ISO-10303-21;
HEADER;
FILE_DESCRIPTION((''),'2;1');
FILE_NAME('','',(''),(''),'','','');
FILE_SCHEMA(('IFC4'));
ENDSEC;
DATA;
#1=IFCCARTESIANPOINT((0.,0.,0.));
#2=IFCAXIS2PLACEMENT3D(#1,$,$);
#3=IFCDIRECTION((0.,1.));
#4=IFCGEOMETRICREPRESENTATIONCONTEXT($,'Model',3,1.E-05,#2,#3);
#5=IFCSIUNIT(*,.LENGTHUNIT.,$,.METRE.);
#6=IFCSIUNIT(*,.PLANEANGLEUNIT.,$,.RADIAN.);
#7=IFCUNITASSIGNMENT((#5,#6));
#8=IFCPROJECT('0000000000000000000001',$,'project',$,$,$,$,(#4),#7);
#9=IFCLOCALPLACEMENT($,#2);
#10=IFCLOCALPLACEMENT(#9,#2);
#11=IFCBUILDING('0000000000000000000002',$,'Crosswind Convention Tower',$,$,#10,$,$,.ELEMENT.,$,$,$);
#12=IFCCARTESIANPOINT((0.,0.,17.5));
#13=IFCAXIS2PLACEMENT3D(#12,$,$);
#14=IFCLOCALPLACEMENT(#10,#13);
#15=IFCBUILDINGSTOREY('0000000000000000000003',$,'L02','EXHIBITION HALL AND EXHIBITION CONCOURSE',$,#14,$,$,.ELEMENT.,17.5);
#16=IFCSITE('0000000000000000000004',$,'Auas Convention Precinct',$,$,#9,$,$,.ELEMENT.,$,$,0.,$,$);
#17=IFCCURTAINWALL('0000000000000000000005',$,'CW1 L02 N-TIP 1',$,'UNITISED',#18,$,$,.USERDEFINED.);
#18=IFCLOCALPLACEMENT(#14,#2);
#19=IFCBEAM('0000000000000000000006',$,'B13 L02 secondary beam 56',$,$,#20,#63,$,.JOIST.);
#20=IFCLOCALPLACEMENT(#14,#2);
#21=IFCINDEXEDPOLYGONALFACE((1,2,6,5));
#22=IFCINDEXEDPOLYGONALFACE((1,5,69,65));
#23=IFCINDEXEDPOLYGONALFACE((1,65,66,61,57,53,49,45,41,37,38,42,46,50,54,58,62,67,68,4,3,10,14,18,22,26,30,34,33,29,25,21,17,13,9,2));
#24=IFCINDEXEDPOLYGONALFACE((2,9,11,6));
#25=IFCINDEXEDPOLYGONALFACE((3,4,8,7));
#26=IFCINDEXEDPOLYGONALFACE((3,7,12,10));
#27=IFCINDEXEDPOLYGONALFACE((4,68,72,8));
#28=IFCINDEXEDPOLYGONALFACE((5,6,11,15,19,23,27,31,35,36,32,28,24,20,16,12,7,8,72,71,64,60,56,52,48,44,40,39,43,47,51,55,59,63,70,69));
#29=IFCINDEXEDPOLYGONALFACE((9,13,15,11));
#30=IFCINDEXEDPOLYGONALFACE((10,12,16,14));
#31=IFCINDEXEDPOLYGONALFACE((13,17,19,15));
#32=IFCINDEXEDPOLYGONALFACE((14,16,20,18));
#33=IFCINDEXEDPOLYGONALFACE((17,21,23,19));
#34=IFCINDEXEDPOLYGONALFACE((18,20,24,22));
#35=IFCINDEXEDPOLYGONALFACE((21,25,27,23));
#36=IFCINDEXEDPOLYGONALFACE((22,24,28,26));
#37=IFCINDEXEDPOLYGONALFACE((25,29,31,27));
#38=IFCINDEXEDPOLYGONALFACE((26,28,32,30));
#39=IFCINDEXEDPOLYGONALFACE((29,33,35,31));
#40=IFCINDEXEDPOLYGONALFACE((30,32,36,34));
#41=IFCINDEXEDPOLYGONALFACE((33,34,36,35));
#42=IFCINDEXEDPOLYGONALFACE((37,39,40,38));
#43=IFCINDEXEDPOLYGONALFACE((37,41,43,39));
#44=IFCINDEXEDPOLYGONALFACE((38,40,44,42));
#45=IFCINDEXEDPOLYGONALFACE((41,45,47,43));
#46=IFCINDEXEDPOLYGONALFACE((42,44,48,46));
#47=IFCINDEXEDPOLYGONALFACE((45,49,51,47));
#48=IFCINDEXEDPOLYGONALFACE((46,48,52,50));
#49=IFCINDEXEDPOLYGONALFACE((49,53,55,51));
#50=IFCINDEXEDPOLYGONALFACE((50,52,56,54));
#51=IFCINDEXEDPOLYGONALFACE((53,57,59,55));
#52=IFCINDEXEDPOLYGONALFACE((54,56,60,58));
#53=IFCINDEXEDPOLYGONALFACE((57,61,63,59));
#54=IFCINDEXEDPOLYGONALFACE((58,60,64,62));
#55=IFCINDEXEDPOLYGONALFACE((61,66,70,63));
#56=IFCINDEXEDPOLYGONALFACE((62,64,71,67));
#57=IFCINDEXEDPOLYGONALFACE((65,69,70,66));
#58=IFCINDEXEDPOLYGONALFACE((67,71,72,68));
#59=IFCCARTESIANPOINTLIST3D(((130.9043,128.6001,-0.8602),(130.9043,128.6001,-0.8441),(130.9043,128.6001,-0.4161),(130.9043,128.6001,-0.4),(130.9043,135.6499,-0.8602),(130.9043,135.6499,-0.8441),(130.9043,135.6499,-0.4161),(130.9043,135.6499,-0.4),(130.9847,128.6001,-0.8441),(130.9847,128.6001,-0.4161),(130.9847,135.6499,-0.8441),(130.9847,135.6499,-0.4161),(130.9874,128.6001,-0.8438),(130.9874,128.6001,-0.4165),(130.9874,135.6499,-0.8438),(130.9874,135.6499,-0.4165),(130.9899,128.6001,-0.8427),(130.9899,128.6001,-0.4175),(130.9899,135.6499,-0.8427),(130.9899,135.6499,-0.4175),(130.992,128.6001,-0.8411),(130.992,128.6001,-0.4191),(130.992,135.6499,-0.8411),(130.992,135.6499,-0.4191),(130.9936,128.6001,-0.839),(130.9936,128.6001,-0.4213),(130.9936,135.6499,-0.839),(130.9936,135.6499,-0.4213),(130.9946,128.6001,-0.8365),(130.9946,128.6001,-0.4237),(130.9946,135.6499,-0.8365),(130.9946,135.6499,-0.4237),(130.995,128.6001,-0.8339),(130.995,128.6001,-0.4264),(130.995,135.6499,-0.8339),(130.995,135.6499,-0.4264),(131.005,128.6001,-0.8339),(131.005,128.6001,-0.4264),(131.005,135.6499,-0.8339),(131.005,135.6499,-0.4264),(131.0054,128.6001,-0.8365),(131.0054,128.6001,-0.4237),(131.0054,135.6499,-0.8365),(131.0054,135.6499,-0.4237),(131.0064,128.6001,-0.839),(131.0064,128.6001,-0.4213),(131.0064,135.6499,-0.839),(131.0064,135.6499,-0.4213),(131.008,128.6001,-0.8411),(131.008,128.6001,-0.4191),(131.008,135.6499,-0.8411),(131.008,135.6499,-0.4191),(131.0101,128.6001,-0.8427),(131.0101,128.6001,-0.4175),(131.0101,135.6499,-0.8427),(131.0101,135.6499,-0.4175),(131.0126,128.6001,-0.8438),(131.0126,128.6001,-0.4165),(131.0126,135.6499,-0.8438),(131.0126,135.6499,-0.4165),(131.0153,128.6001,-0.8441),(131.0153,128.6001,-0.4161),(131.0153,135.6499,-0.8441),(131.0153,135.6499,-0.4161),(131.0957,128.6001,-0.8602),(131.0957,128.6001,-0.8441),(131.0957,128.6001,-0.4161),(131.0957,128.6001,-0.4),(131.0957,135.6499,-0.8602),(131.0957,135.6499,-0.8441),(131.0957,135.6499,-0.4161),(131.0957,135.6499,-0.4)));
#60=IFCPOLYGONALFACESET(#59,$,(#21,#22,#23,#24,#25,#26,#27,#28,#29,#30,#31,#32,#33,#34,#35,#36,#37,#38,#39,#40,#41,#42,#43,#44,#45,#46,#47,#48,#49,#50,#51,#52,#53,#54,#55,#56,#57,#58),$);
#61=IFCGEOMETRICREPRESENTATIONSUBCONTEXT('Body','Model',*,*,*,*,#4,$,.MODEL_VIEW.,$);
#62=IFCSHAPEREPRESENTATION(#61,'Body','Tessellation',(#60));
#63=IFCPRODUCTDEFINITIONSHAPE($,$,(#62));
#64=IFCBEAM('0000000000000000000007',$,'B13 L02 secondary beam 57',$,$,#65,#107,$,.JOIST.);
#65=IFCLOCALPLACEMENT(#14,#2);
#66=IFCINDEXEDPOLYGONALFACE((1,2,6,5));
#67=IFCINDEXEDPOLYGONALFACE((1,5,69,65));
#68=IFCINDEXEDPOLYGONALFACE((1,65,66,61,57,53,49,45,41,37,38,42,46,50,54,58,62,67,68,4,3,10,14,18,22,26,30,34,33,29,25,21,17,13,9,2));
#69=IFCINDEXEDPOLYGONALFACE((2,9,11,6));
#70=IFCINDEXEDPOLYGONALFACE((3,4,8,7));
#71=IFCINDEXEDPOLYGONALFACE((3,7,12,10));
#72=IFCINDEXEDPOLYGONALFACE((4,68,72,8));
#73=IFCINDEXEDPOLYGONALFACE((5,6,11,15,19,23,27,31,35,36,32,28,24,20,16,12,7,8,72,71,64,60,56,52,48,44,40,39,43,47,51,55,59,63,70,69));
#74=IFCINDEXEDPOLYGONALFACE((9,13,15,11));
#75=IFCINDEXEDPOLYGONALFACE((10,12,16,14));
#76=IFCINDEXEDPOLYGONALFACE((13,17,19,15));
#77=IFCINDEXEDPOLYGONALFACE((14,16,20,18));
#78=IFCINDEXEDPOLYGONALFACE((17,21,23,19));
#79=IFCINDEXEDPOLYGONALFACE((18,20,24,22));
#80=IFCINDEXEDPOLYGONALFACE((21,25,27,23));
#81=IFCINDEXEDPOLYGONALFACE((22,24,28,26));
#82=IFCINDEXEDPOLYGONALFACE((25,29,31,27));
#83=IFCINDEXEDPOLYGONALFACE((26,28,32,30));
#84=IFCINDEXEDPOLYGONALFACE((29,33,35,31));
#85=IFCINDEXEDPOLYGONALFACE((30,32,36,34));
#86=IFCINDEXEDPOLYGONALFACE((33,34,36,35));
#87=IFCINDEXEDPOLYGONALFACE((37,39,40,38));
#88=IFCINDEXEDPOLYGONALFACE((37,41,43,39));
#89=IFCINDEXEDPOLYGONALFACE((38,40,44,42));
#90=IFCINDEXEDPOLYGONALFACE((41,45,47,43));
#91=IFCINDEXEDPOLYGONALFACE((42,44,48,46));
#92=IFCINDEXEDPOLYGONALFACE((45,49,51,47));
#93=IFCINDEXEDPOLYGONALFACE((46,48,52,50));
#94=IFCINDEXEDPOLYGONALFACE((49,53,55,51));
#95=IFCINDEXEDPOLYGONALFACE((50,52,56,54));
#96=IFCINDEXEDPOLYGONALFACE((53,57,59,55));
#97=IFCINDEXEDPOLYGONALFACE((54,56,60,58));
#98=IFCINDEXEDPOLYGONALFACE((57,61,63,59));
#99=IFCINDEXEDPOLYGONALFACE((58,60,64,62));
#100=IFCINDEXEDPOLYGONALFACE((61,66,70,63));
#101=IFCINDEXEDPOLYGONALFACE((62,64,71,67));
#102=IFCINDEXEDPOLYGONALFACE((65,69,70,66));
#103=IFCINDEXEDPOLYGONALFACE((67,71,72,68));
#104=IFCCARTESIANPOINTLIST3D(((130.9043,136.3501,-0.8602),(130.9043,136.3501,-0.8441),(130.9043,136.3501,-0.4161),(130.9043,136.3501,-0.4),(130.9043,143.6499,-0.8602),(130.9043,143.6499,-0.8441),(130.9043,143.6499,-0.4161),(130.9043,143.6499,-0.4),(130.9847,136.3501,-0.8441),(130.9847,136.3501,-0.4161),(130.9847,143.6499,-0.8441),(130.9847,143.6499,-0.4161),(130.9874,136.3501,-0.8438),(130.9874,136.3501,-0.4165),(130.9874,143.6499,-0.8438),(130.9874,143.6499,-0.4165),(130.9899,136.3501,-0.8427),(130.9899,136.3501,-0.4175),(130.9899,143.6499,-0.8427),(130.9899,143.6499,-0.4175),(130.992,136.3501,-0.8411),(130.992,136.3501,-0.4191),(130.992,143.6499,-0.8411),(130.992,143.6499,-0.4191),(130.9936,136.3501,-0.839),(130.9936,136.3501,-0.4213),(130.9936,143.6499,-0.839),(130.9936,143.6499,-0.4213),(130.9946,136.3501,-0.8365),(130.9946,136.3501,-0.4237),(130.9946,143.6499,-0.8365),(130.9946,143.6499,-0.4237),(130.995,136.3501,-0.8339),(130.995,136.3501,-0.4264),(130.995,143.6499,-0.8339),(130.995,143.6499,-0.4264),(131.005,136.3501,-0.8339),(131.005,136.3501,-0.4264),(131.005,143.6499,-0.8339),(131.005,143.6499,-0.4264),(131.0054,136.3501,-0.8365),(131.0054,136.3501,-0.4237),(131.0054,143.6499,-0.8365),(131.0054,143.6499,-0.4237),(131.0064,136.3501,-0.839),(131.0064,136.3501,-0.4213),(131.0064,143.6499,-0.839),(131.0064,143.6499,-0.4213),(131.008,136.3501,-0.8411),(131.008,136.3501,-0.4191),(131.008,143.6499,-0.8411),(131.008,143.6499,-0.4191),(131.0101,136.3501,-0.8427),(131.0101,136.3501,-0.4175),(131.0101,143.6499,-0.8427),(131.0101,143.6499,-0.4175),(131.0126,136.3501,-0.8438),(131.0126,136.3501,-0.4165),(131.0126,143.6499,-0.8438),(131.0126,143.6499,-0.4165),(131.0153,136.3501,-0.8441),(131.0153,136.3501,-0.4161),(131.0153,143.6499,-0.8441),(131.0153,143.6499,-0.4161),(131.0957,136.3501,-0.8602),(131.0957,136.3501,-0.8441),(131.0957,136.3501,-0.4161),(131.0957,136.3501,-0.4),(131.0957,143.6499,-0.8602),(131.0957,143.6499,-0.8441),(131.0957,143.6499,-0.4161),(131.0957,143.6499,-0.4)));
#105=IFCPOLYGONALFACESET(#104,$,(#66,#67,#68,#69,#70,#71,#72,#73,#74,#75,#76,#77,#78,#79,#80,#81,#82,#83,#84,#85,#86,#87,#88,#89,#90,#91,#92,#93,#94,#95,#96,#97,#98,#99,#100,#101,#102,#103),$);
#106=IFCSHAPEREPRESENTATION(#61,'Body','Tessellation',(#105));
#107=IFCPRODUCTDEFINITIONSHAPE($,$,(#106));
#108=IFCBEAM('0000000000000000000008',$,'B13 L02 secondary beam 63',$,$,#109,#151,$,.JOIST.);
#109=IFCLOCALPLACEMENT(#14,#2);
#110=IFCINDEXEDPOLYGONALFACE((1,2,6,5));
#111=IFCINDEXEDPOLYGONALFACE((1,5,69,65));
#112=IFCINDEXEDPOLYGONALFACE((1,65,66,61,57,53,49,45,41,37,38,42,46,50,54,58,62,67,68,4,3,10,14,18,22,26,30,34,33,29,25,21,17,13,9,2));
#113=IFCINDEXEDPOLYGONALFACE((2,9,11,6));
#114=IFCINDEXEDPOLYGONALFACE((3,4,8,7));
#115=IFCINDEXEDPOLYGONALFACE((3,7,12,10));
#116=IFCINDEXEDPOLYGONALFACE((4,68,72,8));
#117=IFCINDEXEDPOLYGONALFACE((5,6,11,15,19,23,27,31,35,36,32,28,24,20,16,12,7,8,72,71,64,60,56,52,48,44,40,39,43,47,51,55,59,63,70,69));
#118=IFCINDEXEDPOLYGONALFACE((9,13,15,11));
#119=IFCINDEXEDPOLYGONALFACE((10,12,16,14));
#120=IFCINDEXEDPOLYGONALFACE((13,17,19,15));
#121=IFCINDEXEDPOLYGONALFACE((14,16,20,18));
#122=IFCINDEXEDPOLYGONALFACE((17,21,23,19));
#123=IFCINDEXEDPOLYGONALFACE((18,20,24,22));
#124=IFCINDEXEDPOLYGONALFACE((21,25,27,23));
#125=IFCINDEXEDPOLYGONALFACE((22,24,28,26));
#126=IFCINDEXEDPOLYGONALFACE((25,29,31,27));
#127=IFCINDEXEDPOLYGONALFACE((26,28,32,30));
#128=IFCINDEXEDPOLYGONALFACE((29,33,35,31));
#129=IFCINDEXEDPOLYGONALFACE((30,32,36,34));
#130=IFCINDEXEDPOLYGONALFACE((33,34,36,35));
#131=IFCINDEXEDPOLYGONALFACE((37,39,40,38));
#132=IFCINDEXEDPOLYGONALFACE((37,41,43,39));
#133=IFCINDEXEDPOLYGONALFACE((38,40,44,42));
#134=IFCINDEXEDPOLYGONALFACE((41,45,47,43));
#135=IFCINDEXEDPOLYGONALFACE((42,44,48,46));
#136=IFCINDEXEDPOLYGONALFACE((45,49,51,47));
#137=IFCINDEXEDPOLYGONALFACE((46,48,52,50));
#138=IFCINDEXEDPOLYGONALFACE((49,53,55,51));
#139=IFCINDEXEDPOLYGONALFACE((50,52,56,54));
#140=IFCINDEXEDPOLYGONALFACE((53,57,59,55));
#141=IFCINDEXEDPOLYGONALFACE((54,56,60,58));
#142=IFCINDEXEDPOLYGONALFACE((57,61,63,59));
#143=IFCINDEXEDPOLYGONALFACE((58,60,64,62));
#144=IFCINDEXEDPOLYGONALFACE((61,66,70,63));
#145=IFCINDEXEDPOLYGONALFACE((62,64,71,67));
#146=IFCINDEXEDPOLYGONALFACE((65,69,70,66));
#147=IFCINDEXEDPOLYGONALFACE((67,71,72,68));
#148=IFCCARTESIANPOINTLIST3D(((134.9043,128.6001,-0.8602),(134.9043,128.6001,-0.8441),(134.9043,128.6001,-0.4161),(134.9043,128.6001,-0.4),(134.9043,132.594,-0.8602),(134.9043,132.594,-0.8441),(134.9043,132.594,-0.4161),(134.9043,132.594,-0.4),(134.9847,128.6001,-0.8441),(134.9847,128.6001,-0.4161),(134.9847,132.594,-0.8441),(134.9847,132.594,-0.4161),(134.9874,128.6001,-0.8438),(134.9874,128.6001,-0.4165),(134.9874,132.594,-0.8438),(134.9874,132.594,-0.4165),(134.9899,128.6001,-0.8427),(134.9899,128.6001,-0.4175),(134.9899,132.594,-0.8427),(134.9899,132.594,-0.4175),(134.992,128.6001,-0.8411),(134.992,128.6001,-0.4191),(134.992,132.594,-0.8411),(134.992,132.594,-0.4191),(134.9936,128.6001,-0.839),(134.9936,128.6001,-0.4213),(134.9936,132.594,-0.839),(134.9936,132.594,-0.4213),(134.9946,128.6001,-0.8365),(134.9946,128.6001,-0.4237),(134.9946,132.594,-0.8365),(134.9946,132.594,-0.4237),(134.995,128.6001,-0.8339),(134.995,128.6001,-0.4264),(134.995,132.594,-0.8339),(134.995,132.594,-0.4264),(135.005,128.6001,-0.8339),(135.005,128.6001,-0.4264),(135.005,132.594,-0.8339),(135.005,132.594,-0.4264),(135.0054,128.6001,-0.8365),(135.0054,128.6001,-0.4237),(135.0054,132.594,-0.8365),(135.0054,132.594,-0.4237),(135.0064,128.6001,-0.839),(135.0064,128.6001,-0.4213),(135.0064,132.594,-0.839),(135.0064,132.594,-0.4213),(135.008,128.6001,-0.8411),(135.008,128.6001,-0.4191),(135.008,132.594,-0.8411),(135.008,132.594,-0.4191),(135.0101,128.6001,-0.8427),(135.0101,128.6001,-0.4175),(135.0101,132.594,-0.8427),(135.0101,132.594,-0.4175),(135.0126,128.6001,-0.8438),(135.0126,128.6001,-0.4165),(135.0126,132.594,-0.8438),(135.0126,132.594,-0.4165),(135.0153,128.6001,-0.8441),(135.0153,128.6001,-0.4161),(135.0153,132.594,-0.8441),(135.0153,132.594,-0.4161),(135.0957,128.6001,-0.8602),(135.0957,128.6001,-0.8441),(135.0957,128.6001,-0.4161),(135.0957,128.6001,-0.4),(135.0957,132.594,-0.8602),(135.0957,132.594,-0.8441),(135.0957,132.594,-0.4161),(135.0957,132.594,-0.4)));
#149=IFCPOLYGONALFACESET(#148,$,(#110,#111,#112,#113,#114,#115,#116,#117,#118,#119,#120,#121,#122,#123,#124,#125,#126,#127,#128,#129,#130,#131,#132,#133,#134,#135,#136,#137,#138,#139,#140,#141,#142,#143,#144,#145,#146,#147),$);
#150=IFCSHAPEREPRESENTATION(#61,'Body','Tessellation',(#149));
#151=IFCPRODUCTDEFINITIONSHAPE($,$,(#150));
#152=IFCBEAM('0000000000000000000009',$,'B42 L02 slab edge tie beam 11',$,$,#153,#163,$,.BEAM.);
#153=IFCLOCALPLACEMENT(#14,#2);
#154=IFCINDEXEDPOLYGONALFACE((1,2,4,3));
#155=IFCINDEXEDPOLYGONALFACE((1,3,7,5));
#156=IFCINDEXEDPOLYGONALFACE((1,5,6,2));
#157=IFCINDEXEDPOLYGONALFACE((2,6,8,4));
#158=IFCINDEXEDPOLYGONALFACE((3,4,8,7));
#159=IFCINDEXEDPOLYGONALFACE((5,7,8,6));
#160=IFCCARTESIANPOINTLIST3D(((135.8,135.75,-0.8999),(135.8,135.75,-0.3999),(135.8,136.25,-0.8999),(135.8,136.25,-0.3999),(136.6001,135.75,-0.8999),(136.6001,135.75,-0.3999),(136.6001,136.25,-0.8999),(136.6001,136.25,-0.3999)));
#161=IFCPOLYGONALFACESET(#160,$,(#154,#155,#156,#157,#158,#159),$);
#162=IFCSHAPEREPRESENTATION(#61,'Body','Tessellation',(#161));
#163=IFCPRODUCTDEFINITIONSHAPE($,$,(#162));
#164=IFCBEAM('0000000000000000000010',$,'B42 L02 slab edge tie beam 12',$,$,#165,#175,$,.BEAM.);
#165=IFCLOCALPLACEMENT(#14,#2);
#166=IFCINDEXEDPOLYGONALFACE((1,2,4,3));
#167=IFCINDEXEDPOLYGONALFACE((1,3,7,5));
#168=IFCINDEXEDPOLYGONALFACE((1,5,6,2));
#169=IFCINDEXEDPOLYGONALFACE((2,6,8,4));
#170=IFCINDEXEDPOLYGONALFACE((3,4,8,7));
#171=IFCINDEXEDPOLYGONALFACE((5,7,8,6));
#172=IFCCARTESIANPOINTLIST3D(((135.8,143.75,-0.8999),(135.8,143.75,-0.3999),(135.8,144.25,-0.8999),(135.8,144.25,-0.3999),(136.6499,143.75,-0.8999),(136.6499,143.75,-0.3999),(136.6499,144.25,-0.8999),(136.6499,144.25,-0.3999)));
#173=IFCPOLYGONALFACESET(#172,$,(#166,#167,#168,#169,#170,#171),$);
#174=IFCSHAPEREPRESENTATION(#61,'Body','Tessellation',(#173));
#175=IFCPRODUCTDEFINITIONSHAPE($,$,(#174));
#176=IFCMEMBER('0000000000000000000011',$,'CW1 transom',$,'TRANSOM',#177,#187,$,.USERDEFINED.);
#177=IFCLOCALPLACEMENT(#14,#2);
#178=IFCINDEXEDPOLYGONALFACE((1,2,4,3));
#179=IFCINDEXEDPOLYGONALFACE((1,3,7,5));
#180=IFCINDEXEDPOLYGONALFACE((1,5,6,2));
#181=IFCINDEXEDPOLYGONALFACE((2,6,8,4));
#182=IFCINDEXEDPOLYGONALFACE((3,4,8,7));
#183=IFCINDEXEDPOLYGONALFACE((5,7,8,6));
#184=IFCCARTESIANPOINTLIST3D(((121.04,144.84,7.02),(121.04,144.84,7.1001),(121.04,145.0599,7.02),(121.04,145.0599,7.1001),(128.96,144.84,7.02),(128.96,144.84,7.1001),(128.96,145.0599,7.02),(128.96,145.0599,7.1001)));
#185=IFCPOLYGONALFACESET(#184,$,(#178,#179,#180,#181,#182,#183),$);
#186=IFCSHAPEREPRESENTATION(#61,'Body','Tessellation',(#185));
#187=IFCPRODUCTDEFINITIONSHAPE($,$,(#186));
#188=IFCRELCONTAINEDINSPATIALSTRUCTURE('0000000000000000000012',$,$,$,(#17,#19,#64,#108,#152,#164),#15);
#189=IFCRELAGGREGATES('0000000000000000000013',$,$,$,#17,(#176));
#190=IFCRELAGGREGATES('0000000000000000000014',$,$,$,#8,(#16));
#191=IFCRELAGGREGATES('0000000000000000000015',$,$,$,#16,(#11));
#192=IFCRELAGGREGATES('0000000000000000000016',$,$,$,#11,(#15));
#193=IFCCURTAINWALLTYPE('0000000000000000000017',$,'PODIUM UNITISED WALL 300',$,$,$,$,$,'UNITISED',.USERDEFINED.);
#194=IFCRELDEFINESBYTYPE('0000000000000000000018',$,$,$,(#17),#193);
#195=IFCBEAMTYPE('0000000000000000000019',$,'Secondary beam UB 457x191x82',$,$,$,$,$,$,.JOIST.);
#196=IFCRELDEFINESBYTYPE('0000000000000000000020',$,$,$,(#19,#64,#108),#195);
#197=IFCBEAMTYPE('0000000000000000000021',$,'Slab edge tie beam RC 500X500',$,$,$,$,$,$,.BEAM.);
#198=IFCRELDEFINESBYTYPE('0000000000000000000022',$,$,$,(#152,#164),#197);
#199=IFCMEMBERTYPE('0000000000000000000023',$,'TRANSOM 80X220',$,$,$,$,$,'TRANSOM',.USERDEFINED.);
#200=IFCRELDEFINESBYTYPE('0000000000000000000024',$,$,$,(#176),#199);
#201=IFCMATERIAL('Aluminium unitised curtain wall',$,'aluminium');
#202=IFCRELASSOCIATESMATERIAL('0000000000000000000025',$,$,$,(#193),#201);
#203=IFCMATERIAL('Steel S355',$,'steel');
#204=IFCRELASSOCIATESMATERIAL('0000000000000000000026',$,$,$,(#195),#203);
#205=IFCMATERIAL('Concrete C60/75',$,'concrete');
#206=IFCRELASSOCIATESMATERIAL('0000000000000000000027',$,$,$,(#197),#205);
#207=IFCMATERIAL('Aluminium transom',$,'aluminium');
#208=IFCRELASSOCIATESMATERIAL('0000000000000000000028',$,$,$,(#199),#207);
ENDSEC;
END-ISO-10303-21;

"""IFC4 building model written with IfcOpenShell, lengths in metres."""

from ifc_helpers import new_model, si_unit, direction, frame, origin, origin_2d, place, context, subcontext, project, spatial, rectangle, i_section, extrude, material, material_profile, profile_set, type_object, element, aggregate, save


model = new_model("IFC4")

# Units and contexts
model_context = context("Model", 3, precision=1e-05, world=origin(), true_north=direction((0.0, 1.0)))
body_context = subcontext(model_context, "Body", "Model", "MODEL_VIEW")
ifc_project = project(units=[si_unit("LENGTHUNIT", "METRE"), si_unit("PLANEANGLEUNIT", "RADIAN")], contexts=[model_context])

# Site, building, storey
site_placement = place(None, origin())
site = spatial("IfcSite", under=ifc_project, at=site_placement, Name="Auas Convention Precinct", CompositionType="ELEMENT", RefElevation=0.0)
building_placement = place(site_placement, origin())
building = spatial("IfcBuilding", under=site, at=building_placement, Name="Crosswind Convention Tower", CompositionType="ELEMENT")
storey_placement = place(building_placement, frame((0.0, 0.0, 17.5)))
storey = spatial("IfcBuildingStorey", under=building, at=storey_placement, Name="L02", Description="EXHIBITION HALL AND EXHIBITION CONCOURSE", CompositionType="ELEMENT", Elevation=17.5)

# Shared definitions
ifc_material_1 = material(Name="Concrete C60/75", Category="concrete")

# Shared definitions
ifc_material_2 = material(Name="Steel S355", Category="steel")

# Curtain wall
ifc_material_3 = material(Name="Aluminium unitised curtain wall", Category="aluminium")
curtain_wall_type = type_object("IfcCurtainWallType", Name="PODIUM UNITISED WALL 300", ElementType="UNITISED", PredefinedType="USERDEFINED", material=ifc_material_3)
curtain_wall_1_placement = place(storey_placement, origin())
curtain_wall_1 = element("IfcCurtainWall", 1, at=curtain_wall_1_placement, inside=storey, type_object=curtain_wall_type, Name="CW1 L02 N-TIP 1", ObjectType="UNITISED", PredefinedType="USERDEFINED")

# Beams
ifc_material_profile_1 = material_profile(ifc_material_2, i_section(OverallWidth=0.1914, OverallDepth=0.4602, WebThickness=0.01, FlangeThickness=0.0161, FilletRadius=0.0103, at=origin_2d()), Name="UB 457x191x82")
ifc_profile_set_1 = profile_set([ifc_material_profile_1], Name="Steel S355")
beam_type_1 = type_object("IfcBeamType", Name="Secondary beam UB 457x191x82", PredefinedType="JOIST", material=ifc_profile_set_1)
beam_1_placement = place(storey_placement, frame((131.0, 128.6001, -0.6301), z_axis=(0.0, 1.0, 0.0), x_axis=(-1.0, 0.0, 0.0)))
element("IfcBeam", 2, at=beam_1_placement, inside=storey, type_object=beam_type_1, Name="B13 L02 secondary beam 56", PredefinedType="JOIST", context=body_context, shape_type="SweptSolid", body=[
    extrude(i_section(OverallWidth=0.1914, OverallDepth=0.4602, WebThickness=0.01, FlangeThickness=0.0161, FilletRadius=0.0103, at=origin_2d()), origin(), (0.0, 0.0, 1.0), 7.0498),
])
beam_2_placement = place(storey_placement, frame((131.0, 136.3501, -0.6301), z_axis=(0.0, 1.0, 0.0), x_axis=(-1.0, 0.0, 0.0)))
element("IfcBeam", 3, at=beam_2_placement, inside=storey, type_object=beam_type_1, Name="B13 L02 secondary beam 57", PredefinedType="JOIST", context=body_context, shape_type="SweptSolid", body=[
    extrude(i_section(OverallWidth=0.1914, OverallDepth=0.4602, WebThickness=0.01, FlangeThickness=0.0161, FilletRadius=0.0103, at=origin_2d()), origin(), (0.0, 0.0, 1.0), 7.2998),
])
beam_3_placement = place(storey_placement, frame((135.0, 128.6001, -0.6301), z_axis=(0.0, 1.0, 0.0), x_axis=(-1.0, 0.0, 0.0)))
element("IfcBeam", 4, at=beam_3_placement, inside=storey, type_object=beam_type_1, Name="B13 L02 secondary beam 63", PredefinedType="JOIST", context=body_context, shape_type="SweptSolid", body=[
    extrude(i_section(OverallWidth=0.1914, OverallDepth=0.4602, WebThickness=0.01, FlangeThickness=0.0161, FilletRadius=0.0103, at=origin_2d()), origin(), (0.0, 0.0, 1.0), 3.9939),
])
ifc_material_profile_2 = material_profile(ifc_material_1, rectangle(XDim=0.5, YDim=0.5, at=origin_2d()), Name="RC 500X500")
ifc_profile_set_2 = profile_set([ifc_material_profile_2], Name="Concrete C60/75")
beam_type_2 = type_object("IfcBeamType", Name="Slab edge tie beam RC 500X500", PredefinedType="BEAM", material=ifc_profile_set_2)
beam_4_placement = place(storey_placement, frame((135.8, 136.0, -0.6499), z_axis=(1.0, 0.0, 0.0), x_axis=(0.0, 1.0, 0.0)))
element("IfcBeam", 5, at=beam_4_placement, inside=storey, type_object=beam_type_2, Name="B42 L02 slab edge tie beam 11", PredefinedType="BEAM", context=body_context, shape_type="SweptSolid", body=[
    extrude(rectangle(XDim=0.5, YDim=0.5, at=origin_2d()), origin(), (0.0, 0.0, 1.0), 0.8),
])
beam_5_placement = place(storey_placement, frame((135.8, 144.0, -0.6499), z_axis=(1.0, 0.0, 0.0), x_axis=(0.0, 1.0, 0.0)))
element("IfcBeam", 6, at=beam_5_placement, inside=storey, type_object=beam_type_2, Name="B42 L02 slab edge tie beam 12", PredefinedType="BEAM", context=body_context, shape_type="SweptSolid", body=[
    extrude(rectangle(XDim=0.5, YDim=0.5, at=origin_2d()), origin(), (0.0, 0.0, 1.0), 0.8499),
])

# Member
ifc_material_4 = material(Name="Aluminium transom", Category="aluminium")
ifc_material_profile_3 = material_profile(ifc_material_4, rectangle(XDim=0.22, YDim=0.0801, at=origin_2d()), Name="AL 220X80")
ifc_profile_set_3 = profile_set([ifc_material_profile_3], Name="Aluminium transom")
member_type_1 = type_object("IfcMemberType", Name="TRANSOM 80X220", ElementType="TRANSOM", PredefinedType="USERDEFINED", material=ifc_profile_set_3)
member_1_placement = place(storey_placement, frame((128.96, 144.95, 7.0601), z_axis=(-1.0, 0.0, 0.0), x_axis=(0.0, -1.0, 0.0)))
member_1 = element("IfcMember", 7, at=member_1_placement, type_object=member_type_1, Name="CW1 transom", ObjectType="TRANSOM", PredefinedType="USERDEFINED", context=body_context, shape_type="SweptSolid", body=[
    extrude(rectangle(XDim=0.22, YDim=0.0801, at=origin_2d()), origin(), (0.0, 0.0, 1.0), 7.9199),
])

aggregate(curtain_wall_1, [member_1])

save(model, "model.ifc")
